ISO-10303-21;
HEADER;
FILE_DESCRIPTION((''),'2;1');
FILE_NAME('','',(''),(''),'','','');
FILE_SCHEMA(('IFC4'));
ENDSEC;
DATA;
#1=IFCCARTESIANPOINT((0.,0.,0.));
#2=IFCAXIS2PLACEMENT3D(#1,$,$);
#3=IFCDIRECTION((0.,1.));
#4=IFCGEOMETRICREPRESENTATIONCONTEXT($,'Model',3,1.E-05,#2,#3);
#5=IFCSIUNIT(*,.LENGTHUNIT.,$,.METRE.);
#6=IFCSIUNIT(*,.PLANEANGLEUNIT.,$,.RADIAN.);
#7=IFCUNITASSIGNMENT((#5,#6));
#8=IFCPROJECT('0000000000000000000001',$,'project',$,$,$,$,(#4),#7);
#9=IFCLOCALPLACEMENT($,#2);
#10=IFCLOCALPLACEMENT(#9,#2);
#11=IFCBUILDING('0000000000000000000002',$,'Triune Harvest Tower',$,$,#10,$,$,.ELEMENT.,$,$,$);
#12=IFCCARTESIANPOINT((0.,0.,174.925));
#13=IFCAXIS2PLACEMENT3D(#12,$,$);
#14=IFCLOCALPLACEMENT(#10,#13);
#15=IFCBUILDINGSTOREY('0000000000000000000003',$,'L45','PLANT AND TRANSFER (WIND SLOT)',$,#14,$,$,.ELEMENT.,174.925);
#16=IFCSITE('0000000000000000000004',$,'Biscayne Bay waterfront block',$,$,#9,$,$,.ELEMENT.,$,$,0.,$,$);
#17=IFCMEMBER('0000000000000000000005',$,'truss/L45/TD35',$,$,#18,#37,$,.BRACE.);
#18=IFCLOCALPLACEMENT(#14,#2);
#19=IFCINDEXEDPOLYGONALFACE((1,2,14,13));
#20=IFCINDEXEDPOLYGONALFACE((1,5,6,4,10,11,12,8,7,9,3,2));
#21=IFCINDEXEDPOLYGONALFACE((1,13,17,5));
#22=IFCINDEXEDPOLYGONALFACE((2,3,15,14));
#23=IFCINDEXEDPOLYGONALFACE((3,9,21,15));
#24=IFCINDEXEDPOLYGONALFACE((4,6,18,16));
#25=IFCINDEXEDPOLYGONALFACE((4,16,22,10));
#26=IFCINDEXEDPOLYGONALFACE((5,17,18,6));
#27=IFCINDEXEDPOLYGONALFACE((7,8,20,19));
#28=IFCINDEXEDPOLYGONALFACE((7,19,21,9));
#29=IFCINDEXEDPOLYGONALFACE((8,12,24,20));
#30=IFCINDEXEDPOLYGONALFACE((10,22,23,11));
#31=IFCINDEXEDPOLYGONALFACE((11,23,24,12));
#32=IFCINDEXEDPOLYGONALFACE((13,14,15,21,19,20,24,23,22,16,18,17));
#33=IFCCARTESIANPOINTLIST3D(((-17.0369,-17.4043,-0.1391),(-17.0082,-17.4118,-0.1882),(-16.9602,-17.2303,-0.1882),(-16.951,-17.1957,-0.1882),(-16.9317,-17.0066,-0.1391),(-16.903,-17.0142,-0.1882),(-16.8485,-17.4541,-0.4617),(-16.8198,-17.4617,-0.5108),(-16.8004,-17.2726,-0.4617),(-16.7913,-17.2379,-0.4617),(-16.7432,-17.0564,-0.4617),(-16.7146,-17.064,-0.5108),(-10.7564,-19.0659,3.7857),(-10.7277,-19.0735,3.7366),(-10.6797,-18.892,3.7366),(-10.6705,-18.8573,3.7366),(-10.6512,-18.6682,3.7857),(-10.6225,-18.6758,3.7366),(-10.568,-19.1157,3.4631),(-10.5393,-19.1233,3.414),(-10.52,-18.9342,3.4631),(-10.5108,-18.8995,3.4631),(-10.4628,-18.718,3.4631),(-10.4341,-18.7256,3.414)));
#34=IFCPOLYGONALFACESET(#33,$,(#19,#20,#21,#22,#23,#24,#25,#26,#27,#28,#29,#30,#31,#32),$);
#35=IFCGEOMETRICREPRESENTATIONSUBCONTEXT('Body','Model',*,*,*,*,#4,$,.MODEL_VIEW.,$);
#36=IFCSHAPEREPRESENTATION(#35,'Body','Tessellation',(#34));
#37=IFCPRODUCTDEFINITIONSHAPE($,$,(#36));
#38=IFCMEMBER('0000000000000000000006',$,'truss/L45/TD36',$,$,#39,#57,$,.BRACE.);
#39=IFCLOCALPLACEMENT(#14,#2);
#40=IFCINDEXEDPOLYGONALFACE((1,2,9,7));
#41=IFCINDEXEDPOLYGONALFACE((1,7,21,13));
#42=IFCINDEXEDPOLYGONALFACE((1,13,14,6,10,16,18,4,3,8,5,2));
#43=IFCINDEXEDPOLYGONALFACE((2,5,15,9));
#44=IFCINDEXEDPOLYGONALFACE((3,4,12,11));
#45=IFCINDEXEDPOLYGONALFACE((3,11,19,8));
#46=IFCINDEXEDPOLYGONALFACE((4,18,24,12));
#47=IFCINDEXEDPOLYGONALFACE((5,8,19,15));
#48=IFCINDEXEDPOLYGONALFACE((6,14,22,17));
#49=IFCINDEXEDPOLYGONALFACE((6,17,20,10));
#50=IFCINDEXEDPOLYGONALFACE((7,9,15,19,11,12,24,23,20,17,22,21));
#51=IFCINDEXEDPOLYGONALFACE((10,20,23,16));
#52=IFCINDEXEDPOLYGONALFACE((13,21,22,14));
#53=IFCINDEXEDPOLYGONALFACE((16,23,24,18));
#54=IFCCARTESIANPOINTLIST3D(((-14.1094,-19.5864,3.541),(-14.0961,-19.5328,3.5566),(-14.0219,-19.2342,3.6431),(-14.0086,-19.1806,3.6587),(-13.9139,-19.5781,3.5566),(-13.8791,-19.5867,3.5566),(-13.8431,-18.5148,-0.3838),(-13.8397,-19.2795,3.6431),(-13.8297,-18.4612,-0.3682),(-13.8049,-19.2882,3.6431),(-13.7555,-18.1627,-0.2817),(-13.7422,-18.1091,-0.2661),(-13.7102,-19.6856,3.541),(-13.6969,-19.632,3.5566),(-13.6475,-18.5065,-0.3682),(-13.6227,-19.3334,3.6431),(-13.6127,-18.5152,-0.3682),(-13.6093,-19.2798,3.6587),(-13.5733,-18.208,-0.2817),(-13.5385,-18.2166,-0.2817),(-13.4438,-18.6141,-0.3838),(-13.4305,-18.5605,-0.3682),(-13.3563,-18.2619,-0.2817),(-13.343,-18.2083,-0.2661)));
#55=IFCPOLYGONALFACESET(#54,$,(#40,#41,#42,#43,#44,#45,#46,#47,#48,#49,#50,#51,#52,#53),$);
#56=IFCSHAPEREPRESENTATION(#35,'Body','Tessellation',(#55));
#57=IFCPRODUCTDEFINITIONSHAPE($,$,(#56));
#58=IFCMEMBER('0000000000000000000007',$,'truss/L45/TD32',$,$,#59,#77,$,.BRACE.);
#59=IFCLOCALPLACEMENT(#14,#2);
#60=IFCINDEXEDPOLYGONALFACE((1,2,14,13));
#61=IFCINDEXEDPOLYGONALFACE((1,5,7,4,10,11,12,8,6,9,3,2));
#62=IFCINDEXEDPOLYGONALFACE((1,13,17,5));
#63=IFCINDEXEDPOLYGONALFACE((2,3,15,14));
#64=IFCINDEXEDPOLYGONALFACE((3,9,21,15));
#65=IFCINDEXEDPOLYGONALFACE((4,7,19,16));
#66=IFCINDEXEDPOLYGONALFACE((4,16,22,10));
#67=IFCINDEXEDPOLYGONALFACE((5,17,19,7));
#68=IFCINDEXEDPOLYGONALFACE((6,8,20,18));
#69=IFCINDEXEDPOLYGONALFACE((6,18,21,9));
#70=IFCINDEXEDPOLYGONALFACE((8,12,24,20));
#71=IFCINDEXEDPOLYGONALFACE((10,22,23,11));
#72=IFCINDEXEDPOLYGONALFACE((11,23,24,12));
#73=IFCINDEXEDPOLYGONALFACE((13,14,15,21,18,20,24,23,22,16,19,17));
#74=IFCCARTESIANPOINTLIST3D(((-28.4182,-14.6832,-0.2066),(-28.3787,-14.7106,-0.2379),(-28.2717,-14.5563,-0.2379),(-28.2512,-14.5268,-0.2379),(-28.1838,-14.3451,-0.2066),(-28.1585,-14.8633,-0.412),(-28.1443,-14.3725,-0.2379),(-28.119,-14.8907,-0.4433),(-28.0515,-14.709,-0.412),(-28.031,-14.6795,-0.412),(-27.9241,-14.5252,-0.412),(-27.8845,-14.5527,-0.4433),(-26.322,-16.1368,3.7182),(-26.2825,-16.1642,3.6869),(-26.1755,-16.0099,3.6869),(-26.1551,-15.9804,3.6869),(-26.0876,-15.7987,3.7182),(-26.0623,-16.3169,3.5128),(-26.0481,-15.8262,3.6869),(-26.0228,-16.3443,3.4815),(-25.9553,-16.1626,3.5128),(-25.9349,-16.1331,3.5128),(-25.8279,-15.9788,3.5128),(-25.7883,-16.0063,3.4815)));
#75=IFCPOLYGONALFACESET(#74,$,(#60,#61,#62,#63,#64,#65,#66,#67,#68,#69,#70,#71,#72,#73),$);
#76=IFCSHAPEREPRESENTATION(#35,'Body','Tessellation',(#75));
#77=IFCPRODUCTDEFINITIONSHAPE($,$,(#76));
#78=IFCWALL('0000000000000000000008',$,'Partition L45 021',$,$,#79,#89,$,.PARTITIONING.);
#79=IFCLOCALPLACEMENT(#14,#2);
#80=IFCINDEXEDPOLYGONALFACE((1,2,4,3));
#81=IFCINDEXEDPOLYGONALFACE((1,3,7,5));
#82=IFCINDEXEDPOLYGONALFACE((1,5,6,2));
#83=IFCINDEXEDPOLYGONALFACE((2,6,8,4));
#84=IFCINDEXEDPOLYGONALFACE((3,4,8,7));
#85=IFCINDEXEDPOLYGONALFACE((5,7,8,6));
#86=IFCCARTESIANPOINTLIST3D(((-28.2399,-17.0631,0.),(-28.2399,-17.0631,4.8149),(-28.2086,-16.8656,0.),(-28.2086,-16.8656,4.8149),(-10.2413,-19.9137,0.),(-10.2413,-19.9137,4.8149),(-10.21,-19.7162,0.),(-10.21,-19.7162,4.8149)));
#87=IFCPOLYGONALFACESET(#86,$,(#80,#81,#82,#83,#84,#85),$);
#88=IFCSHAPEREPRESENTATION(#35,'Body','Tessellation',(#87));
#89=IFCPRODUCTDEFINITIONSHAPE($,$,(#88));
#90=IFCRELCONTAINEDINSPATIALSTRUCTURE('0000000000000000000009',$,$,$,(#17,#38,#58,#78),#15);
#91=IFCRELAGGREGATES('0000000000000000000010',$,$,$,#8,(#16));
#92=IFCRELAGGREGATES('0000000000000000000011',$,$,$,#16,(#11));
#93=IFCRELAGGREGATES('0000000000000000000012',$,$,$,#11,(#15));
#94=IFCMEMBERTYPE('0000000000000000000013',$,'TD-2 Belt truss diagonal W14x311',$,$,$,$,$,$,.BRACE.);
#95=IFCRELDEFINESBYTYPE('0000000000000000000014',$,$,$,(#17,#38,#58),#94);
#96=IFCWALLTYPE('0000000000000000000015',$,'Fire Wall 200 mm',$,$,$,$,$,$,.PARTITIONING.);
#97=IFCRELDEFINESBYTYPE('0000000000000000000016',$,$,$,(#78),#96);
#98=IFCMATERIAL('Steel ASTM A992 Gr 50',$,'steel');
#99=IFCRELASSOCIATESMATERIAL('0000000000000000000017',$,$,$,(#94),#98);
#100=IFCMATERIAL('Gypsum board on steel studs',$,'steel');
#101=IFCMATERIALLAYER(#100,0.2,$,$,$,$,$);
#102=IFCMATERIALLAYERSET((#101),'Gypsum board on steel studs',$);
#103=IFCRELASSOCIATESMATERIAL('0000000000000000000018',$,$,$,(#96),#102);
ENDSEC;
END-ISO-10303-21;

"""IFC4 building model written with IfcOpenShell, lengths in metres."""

from ifc_helpers import new_model, si_unit, direction, frame, frame_2d, origin, origin_2d, place, context, subcontext, project, spatial, rectangle, i_section, extrude, source, transform, mapped, material, layer, layer_set, material_profile, profile_set, type_object, element, save


model = new_model("IFC4")

# Units and contexts
model_context = context("Model", 3, precision=1e-05, world=origin(), true_north=direction((0.0, 1.0)))
body_context = subcontext(model_context, "Body", "Model", "MODEL_VIEW")
ifc_project = project(units=[si_unit("LENGTHUNIT", "METRE"), si_unit("PLANEANGLEUNIT", "RADIAN")], contexts=[model_context])

# Site, building, storey
site_placement = place(None, origin())
site = spatial("IfcSite", under=ifc_project, at=site_placement, Name="Biscayne Bay waterfront block", CompositionType="ELEMENT", RefElevation=0.0)
building_placement = place(site_placement, origin())
building = spatial("IfcBuilding", under=site, at=building_placement, Name="Triune Harvest Tower", CompositionType="ELEMENT")
storey_placement = place(building_placement, frame((0.0, 0.0, 174.925)))
storey = spatial("IfcBuildingStorey", under=building, at=storey_placement, Name="L45", Description="PLANT AND TRANSFER (WIND SLOT)", CompositionType="ELEMENT", Elevation=174.925)

# Members
ifc_material_1 = material(Name="Steel ASTM A992 Gr 50", Category="steel")
ifc_material_profile_1 = material_profile(ifc_material_1, i_section(OverallWidth=0.4114, OverallDepth=0.4343, WebThickness=0.0359, FlangeThickness=0.0574, at=origin_2d()), Name="W14x311")
ifc_profile_set_1 = profile_set([ifc_material_profile_1], Name="Steel ASTM A992 Gr 50")
member_type_1 = type_object("IfcMemberType", Name="TD-2 Belt truss diagonal W14x311", PredefinedType="BRACE", material=ifc_profile_set_1)
shared_shape_1 = source(origin(), body_context, "Body", "SweptSolid", [
    extrude(i_section(OverallWidth=0.4114, OverallDepth=0.4343, WebThickness=0.0359, FlangeThickness=0.0574, at=origin_2d()), origin(), (0.0, 0.0, 1.0), 7.5901),
])
member_1_placement = place(storey_placement, frame((-16.8757, -17.2341, -0.325), z_axis=(0.827459, -0.218919, 0.517094), x_axis=(0.255768, 0.966738, 0.0)))
element("IfcMember", 1, at=member_1_placement, inside=storey, type_object=member_type_1, Name="truss/L45/TD35", PredefinedType="BRACE", context=body_context, shape_type="MappedRepresentation", body=[
    mapped(shared_shape_1, transform((0.0, 0.0, 0.0), scale=1.0)),
])
shared_shape_2 = source(origin(), body_context, "Body", "SweptSolid", [
    extrude(i_section(OverallWidth=0.4114, OverallDepth=0.4343, WebThickness=0.0359, FlangeThickness=0.0574, at=origin_2d()), origin(), (0.0, 0.0, 1.0), 4.0771),
])
member_2_placement = place(storey_placement, frame((-13.593, -18.3616, -0.325), z_axis=(-0.065329, -0.262814, 0.962632), x_axis=(0.970467, -0.241235, 0.0)))
element("IfcMember", 2, at=member_2_placement, inside=storey, type_object=member_type_1, Name="truss/L45/TD36", PredefinedType="BRACE", context=body_context, shape_type="MappedRepresentation", body=[
    mapped(shared_shape_2, transform((0.0, 0.0, 0.0), scale=1.0)),
])
shared_shape_3 = source(origin(), body_context, "Body", "SweptSolid", [
    extrude(i_section(OverallWidth=0.4114, OverallDepth=0.4343, WebThickness=0.0359, FlangeThickness=0.0574, at=origin_2d()), origin(), (0.0, 0.0, 1.0), 4.6809),
])
member_3_placement = place(storey_placement, frame((-28.1514, -14.6179, -0.325), z_axis=(0.447815, -0.310539, 0.838467), x_axis=(0.569847, 0.821751, 0.0)))
element("IfcMember", 3, at=member_3_placement, inside=storey, type_object=member_type_1, Name="truss/L45/TD32", PredefinedType="BRACE", context=body_context, shape_type="MappedRepresentation", body=[
    mapped(shared_shape_3, transform((0.0, 0.0, 0.0), scale=1.0)),
])

# Wall
ifc_material_2 = material(Name="Gypsum board on steel studs", Category="steel")
ifc_layer = layer(ifc_material_2, 0.2)
ifc_layer_set = layer_set([ifc_layer], Name="Gypsum board on steel studs")
wall_type = type_object("IfcWallType", Name="Fire Wall 200 mm", PredefinedType="PARTITIONING", material=ifc_layer_set)
shared_shape_4 = source(origin(), body_context, "Body", "SweptSolid", [
    extrude(rectangle(XDim=18.2229, YDim=0.2, at=frame_2d((9.1113, 0.0))), origin(), (0.0, 0.0, 1.0), 4.8149),
])
wall_placement = place(storey_placement, frame((-28.2241, -16.9644, 0.0), z_axis=(0.0, 0.0, 1.0), x_axis=(0.987689, -0.156429, 0.0)))
element("IfcWall", 4, at=wall_placement, inside=storey, type_object=wall_type, Name="Partition L45 021", PredefinedType="PARTITIONING", context=body_context, shape_type="MappedRepresentation", body=[
    mapped(shared_shape_4, transform((0.0, 0.0, 0.0), scale=1.0)),
])

save(model, "model.ifc")
